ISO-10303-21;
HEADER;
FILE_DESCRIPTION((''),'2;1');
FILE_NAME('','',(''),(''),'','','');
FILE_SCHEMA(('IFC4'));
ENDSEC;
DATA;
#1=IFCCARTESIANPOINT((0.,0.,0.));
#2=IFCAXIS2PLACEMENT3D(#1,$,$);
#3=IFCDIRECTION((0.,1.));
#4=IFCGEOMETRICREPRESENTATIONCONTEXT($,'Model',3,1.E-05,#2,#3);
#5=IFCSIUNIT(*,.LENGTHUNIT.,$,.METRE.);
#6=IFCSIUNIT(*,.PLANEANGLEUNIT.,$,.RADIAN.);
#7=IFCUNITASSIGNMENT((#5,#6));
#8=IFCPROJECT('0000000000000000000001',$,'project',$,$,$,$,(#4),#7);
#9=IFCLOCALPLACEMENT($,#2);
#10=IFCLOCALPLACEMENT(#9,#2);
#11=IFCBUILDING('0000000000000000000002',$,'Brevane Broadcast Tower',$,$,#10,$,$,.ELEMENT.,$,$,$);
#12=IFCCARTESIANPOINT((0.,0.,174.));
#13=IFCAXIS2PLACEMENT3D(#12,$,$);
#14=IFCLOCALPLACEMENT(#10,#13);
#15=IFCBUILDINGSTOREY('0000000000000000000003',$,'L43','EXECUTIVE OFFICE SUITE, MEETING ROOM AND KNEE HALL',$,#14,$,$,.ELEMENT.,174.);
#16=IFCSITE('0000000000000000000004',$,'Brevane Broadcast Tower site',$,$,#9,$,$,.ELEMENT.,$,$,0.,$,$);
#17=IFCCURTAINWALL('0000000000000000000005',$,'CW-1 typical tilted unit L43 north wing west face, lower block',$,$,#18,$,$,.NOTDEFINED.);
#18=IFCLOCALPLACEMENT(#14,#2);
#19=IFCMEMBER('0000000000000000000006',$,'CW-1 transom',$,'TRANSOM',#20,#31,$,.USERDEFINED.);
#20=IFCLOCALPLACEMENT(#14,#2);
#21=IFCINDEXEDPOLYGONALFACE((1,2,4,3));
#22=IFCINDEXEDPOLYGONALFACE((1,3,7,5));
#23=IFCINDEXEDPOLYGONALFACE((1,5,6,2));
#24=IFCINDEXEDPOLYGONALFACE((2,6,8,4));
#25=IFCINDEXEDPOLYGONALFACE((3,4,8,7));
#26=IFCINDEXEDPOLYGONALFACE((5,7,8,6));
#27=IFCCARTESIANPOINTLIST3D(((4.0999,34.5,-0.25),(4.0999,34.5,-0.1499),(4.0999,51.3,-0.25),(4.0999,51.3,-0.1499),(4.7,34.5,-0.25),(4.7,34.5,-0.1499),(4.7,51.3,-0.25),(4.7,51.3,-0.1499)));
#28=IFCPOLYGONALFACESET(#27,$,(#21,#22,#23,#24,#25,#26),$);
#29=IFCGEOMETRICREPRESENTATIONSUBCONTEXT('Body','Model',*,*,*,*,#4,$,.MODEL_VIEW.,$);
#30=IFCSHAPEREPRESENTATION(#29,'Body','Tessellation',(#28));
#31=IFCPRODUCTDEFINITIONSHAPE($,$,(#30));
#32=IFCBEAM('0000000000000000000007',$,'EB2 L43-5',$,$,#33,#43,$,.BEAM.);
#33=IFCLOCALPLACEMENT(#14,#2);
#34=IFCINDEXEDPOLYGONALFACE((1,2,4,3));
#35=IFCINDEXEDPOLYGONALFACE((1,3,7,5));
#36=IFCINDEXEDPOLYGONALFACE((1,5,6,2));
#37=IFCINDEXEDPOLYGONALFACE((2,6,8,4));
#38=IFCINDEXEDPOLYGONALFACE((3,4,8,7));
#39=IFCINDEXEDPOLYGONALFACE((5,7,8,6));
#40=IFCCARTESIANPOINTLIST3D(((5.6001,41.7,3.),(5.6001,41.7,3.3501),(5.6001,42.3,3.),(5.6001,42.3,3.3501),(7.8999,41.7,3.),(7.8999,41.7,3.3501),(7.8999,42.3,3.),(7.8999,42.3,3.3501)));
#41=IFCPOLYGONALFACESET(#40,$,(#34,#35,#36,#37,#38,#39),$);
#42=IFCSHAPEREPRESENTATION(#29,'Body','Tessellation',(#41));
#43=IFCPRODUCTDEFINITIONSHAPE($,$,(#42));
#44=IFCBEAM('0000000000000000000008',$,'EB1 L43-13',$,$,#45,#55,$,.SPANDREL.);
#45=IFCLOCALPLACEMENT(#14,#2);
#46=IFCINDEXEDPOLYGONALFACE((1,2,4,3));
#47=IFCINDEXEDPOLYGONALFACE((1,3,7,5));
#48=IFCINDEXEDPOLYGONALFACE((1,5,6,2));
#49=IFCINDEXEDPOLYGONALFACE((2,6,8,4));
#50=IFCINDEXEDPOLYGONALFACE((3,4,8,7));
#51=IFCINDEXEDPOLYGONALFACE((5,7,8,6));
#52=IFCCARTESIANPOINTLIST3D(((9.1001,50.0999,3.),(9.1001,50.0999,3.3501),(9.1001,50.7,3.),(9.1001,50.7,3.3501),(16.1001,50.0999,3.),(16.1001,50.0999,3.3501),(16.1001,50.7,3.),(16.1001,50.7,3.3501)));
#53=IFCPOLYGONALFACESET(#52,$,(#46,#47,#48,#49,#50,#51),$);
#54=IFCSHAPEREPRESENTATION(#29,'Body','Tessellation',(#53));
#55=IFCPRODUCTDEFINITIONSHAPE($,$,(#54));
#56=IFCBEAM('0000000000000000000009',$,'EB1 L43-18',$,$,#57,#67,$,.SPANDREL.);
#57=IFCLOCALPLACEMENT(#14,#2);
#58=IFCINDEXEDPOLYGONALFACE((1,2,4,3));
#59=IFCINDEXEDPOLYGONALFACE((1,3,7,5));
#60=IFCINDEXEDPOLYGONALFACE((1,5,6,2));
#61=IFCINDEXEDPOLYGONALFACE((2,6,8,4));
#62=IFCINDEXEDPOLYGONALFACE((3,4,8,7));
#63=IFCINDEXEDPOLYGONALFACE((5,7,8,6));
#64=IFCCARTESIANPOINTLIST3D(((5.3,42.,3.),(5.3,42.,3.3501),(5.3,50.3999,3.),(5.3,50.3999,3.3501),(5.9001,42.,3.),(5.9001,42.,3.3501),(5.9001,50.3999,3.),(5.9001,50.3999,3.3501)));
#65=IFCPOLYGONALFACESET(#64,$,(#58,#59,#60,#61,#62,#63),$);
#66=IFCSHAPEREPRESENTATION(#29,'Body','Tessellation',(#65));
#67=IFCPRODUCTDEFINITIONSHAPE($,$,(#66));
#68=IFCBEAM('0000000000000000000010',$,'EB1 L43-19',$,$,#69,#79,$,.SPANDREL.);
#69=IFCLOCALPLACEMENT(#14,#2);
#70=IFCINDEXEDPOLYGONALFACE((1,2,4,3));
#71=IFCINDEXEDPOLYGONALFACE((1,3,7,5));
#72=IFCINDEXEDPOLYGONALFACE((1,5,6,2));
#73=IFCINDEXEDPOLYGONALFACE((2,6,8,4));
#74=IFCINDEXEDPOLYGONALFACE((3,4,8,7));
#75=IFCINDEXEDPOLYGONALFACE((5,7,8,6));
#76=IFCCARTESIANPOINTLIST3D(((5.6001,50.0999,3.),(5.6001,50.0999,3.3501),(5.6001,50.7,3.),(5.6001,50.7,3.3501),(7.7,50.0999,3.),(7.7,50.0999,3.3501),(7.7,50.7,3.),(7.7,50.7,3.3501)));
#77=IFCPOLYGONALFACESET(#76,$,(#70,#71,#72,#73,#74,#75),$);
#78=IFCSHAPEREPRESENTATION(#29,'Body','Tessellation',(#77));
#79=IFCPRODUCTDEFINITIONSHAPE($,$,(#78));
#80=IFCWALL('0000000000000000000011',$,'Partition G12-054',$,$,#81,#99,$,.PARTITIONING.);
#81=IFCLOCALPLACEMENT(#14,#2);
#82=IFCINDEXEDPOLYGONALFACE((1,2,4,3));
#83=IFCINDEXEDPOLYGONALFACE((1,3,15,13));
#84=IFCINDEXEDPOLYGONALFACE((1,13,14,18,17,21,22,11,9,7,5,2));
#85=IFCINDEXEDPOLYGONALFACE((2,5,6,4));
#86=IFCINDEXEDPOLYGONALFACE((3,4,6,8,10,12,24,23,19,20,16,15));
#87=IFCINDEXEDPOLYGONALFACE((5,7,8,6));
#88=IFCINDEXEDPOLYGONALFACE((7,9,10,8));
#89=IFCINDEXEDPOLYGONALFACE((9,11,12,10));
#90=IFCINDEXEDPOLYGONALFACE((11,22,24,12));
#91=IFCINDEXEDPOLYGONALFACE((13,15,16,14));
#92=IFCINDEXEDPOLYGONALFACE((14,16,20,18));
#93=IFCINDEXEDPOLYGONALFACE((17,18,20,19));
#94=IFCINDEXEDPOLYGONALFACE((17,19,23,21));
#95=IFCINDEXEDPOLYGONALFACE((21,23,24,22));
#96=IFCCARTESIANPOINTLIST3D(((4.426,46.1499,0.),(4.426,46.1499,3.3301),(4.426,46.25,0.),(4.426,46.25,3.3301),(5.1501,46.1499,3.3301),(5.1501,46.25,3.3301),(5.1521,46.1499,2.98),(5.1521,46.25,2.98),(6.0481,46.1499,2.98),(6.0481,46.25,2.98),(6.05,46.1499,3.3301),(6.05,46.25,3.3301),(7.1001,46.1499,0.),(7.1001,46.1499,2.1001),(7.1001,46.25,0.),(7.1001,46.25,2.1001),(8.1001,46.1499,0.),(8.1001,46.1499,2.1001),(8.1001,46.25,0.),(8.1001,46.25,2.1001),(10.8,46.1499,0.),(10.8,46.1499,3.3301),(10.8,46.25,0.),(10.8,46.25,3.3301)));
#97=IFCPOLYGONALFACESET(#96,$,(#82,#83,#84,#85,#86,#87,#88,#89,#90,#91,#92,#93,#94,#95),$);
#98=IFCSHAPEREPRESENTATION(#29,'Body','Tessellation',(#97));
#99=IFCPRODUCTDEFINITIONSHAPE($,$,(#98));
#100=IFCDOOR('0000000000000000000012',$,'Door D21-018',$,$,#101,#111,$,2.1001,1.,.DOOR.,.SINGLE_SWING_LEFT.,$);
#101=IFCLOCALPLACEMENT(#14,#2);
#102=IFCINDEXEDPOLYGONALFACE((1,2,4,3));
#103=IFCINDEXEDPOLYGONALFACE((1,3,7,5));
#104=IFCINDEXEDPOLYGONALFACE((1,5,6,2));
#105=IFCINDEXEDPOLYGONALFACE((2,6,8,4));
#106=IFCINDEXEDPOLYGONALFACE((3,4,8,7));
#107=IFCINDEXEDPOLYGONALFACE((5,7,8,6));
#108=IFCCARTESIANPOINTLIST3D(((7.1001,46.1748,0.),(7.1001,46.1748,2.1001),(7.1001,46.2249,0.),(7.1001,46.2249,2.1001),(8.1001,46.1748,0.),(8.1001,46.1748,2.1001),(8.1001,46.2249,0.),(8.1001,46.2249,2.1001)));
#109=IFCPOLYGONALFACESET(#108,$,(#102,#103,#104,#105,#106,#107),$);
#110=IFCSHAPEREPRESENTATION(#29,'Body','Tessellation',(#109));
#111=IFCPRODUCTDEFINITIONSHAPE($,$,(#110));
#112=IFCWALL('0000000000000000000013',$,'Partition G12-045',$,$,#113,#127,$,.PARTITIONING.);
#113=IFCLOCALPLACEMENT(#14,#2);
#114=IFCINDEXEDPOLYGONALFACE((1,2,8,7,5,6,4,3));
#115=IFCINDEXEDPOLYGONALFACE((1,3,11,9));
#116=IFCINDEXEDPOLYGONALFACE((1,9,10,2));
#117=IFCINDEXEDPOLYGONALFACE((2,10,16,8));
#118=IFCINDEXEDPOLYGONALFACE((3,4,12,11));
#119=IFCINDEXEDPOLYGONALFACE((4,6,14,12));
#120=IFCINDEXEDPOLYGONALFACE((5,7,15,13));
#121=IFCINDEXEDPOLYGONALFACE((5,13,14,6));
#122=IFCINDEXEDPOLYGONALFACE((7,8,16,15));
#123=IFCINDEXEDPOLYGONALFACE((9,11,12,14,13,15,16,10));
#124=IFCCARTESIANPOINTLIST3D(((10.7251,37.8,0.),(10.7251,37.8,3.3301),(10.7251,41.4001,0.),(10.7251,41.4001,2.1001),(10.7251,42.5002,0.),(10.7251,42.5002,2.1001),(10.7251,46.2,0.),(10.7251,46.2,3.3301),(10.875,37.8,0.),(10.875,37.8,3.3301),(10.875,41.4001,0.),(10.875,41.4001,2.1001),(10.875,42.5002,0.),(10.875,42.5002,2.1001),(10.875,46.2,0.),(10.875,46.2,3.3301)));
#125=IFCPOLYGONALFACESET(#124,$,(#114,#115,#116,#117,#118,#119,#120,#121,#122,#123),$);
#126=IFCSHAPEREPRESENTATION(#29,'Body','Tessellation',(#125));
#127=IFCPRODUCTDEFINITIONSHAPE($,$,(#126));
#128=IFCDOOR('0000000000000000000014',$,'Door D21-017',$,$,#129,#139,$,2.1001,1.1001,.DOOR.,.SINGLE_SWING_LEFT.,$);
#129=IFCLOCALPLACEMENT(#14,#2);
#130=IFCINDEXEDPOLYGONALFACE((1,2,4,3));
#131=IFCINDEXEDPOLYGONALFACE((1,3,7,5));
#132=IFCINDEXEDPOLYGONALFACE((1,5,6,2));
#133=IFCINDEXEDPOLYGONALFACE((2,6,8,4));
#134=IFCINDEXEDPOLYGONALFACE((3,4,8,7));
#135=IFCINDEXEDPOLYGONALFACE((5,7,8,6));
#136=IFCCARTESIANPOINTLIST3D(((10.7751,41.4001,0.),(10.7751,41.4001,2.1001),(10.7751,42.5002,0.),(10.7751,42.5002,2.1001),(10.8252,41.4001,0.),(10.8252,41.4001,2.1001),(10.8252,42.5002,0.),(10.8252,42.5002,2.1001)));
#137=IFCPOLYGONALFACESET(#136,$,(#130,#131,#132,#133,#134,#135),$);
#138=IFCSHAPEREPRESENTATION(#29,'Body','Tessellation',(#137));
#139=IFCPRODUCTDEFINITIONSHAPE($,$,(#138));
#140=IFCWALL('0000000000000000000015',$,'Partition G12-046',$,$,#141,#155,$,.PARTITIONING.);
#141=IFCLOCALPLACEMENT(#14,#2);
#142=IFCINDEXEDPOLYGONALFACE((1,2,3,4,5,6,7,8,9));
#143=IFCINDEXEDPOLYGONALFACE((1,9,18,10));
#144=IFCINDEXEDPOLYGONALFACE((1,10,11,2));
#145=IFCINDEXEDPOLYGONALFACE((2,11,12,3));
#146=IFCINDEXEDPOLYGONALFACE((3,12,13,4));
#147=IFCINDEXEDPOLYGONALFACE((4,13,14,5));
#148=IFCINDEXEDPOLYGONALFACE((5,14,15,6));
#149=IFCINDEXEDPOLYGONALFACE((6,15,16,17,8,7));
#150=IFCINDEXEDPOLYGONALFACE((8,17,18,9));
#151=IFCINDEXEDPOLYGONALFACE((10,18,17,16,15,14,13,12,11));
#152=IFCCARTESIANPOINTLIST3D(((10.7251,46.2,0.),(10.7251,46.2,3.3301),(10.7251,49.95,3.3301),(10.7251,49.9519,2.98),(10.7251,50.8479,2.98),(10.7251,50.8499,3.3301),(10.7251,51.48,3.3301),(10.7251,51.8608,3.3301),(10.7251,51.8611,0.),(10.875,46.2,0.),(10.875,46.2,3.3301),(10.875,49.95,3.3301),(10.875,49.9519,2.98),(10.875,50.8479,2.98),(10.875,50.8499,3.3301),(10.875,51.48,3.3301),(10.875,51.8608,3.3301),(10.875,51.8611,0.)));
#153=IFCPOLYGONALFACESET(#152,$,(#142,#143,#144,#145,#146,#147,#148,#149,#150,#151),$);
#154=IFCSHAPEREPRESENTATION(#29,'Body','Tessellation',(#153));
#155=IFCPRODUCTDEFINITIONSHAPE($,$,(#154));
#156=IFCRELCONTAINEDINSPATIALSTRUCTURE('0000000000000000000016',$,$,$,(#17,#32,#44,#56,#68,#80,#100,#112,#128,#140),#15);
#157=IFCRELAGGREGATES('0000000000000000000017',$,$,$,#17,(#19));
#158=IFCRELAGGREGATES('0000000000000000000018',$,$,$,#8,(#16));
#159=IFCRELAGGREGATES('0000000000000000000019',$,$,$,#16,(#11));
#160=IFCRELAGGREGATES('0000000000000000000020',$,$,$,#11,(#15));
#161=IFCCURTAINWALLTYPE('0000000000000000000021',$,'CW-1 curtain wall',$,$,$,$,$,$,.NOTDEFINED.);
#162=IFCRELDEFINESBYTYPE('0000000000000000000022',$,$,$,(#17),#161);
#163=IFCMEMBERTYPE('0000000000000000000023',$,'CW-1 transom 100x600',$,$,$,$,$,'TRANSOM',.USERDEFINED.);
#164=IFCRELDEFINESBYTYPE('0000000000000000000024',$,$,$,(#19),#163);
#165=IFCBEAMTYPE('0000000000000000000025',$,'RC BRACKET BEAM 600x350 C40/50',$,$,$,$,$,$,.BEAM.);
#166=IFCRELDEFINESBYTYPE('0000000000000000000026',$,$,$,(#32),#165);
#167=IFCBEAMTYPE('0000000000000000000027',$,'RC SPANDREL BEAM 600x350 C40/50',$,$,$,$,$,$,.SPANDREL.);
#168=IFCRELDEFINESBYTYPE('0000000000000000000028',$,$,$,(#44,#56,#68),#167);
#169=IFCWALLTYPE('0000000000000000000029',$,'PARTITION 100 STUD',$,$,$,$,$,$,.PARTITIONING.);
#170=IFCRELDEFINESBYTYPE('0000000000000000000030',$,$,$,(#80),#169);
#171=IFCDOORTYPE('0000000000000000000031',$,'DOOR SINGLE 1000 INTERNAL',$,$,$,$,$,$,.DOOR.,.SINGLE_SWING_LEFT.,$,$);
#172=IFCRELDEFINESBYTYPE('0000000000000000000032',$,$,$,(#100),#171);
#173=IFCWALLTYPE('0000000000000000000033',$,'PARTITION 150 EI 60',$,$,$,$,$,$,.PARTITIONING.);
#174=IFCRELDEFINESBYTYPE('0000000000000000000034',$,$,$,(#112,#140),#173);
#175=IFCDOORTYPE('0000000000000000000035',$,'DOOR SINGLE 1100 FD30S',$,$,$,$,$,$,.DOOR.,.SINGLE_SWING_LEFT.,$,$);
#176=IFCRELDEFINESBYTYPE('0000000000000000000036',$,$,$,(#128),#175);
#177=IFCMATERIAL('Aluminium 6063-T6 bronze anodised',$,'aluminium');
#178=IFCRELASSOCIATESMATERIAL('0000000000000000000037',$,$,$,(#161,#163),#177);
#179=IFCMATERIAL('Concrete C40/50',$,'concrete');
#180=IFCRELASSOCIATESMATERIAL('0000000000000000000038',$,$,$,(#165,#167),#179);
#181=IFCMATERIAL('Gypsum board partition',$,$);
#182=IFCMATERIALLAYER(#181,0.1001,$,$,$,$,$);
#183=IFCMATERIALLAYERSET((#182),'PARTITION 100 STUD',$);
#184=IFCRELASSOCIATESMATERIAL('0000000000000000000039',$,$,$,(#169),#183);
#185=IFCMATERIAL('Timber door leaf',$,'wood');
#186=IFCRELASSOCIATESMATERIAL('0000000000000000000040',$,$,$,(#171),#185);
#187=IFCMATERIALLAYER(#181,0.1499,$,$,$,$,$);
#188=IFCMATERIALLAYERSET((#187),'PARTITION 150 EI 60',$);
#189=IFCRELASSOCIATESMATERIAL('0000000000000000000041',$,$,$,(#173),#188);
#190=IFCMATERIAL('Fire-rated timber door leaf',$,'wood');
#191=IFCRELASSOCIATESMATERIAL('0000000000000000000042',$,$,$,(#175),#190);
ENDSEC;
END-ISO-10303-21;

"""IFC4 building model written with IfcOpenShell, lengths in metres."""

from ifc_helpers import new_model, si_unit, direction, frame, frame_2d, origin, origin_2d, place, context, subcontext, project, spatial, polyline, rectangle, outline, extrude, material, layer, layer_set, material_profile, profile_set, type_object, element, fill, aggregate, save


model = new_model("IFC4")

# Units and contexts
model_context = context("Model", 3, precision=1e-05, world=origin(), true_north=direction((0.0, 1.0)))
body_context = subcontext(model_context, "Body", "Model", "MODEL_VIEW")
ifc_project = project(units=[si_unit("LENGTHUNIT", "METRE"), si_unit("PLANEANGLEUNIT", "RADIAN")], contexts=[model_context])

# Site, building, storey
site_placement = place(None, origin())
site = spatial("IfcSite", under=ifc_project, at=site_placement, Name="Brevane Broadcast Tower site", CompositionType="ELEMENT", RefElevation=0.0)
building_placement = place(site_placement, origin())
building = spatial("IfcBuilding", under=site, at=building_placement, Name="Brevane Broadcast Tower", CompositionType="ELEMENT")
storey_placement = place(building_placement, frame((0.0, 0.0, 174.0)))
storey = spatial("IfcBuildingStorey", under=building, at=storey_placement, Name="L43", Description="EXECUTIVE OFFICE SUITE, MEETING ROOM AND KNEE HALL", CompositionType="ELEMENT", Elevation=174.0)

# Curtain wall
ifc_material_1 = material(Name="Aluminium 6063-T6 bronze anodised", Category="aluminium")
curtain_wall_type = type_object("IfcCurtainWallType", Name="CW-1 curtain wall", PredefinedType="NOTDEFINED", material=ifc_material_1)
curtain_wall_1_placement = place(storey_placement, origin())
curtain_wall_1 = element("IfcCurtainWall", 1, at=curtain_wall_1_placement, inside=storey, type_object=curtain_wall_type, Name="CW-1 typical tilted unit L43 north wing west face, lower block", PredefinedType="NOTDEFINED")

# Member
ifc_material_profile_1 = material_profile(ifc_material_1, rectangle(XDim=0.6001, YDim=0.1001, at=origin_2d()), Name="RECT 100x600")
ifc_profile_set_1 = profile_set([ifc_material_profile_1], Name="Aluminium 6063-T6 bronze anodised")
member_type_1 = type_object("IfcMemberType", Name="CW-1 transom 100x600", ElementType="TRANSOM", PredefinedType="USERDEFINED", material=ifc_profile_set_1)
member_1_placement = place(storey_placement, frame((4.3999, 51.3, -0.2), z_axis=(0.0, -1.0, 0.0), x_axis=(1.0, 0.0, 0.0)))
member_1 = element("IfcMember", 2, at=member_1_placement, type_object=member_type_1, Name="CW-1 transom", ObjectType="TRANSOM", PredefinedType="USERDEFINED", context=body_context, shape_type="SweptSolid", body=[
    extrude(rectangle(XDim=0.6001, YDim=0.1001, at=origin_2d()), origin(), (0.0, 0.0, 1.0), 16.8),
])
aggregate(curtain_wall_1, [member_1])

# Beams
ifc_material_2 = material(Name="Concrete C40/50", Category="concrete")
ifc_material_profile_2 = material_profile(ifc_material_2, rectangle(XDim=0.6001, YDim=0.3501, at=origin_2d()), Name="RC 600x350")
ifc_profile_set_2 = profile_set([ifc_material_profile_2], Name="Concrete C40/50")
beam_type_1 = type_object("IfcBeamType", Name="RC BRACKET BEAM 600x350 C40/50", PredefinedType="BEAM", material=ifc_profile_set_2)
beam_1_placement = place(storey_placement, frame((7.8999, 42.0, 3.175), z_axis=(-1.0, 0.0, 0.0), x_axis=(0.0, -1.0, 0.0)))
element("IfcBeam", 3, at=beam_1_placement, inside=storey, type_object=beam_type_1, Name="EB2 L43-5", PredefinedType="BEAM", context=body_context, shape_type="SweptSolid", body=[
    extrude(rectangle(XDim=0.6001, YDim=0.3501, at=origin_2d()), origin(), (0.0, 0.0, 1.0), 2.2998),
])
ifc_material_profile_3 = material_profile(ifc_material_2, rectangle(XDim=0.6001, YDim=0.3501, at=origin_2d()), Name="RC 600x350")
ifc_profile_set_3 = profile_set([ifc_material_profile_3], Name="Concrete C40/50")
beam_type_2 = type_object("IfcBeamType", Name="RC SPANDREL BEAM 600x350 C40/50", PredefinedType="SPANDREL", material=ifc_profile_set_3)
beam_2_placement = place(storey_placement, frame((16.1001, 50.3999, 3.175), z_axis=(-1.0, 0.0, 0.0), x_axis=(0.0, -1.0, 0.0)))
element("IfcBeam", 4, at=beam_2_placement, inside=storey, type_object=beam_type_2, Name="EB1 L43-13", PredefinedType="SPANDREL", context=body_context, shape_type="SweptSolid", body=[
    extrude(rectangle(XDim=0.6001, YDim=0.3501, at=origin_2d()), origin(), (0.0, 0.0, 1.0), 7.0),
])
beam_3_placement = place(storey_placement, frame((5.6001, 42.0, 3.175), z_axis=(0.0, 1.0, 0.0), x_axis=(-1.0, 0.0, 0.0)))
element("IfcBeam", 5, at=beam_3_placement, inside=storey, type_object=beam_type_2, Name="EB1 L43-18", PredefinedType="SPANDREL", context=body_context, shape_type="SweptSolid", body=[
    extrude(rectangle(XDim=0.6001, YDim=0.3501, at=origin_2d()), origin(), (0.0, 0.0, 1.0), 8.3999),
])
beam_4_placement = place(storey_placement, frame((5.6001, 50.3999, 3.175), z_axis=(1.0, 0.0, 0.0), x_axis=(0.0, 1.0, 0.0)))
element("IfcBeam", 6, at=beam_4_placement, inside=storey, type_object=beam_type_2, Name="EB1 L43-19", PredefinedType="SPANDREL", context=body_context, shape_type="SweptSolid", body=[
    extrude(rectangle(XDim=0.6001, YDim=0.3501, at=origin_2d()), origin(), (0.0, 0.0, 1.0), 2.0999),
])

# Walls, openings, doors
ifc_material_3 = material(Name="Gypsum board partition")
ifc_layer_1 = layer(ifc_material_3, 0.1001)
ifc_layer_set_1 = layer_set([ifc_layer_1], Name="PARTITION 100 STUD")
wall_type_1 = type_object("IfcWallType", Name="PARTITION 100 STUD", PredefinedType="PARTITIONING", material=ifc_layer_set_1)
wall_1_placement = place(storey_placement, frame((4.426, 46.2, 0.0), z_axis=(0.0, 0.0, 1.0), x_axis=(1.0, 0.0, 0.0)))
wall_1 = element("IfcWall", 7, at=wall_1_placement, inside=storey, type_object=wall_type_1, Name="Partition G12-054", PredefinedType="PARTITIONING", context=body_context, shape_type="SweptSolid", body=[
    extrude(outline(polyline([(0.0, 0.0), (6.374, 0.0), (6.374, 3.3301), (1.624, 3.3301), (1.6221, 2.98), (0.7261, 2.98), (0.7241, 3.3301), (0.074, 3.3301), (0.0, 3.3301), (0.0, 0.0)])), frame((0.0, 0.05, 0.0), z_axis=(0.0, -1.0, 0.0), x_axis=(1.0, 0.0, 0.0)), (0.0, 0.0, 1.0), 0.1001),
])
opening_1_placement = place(wall_1_placement, frame((2.6741, 0.0, 0.0)))
opening_1 = element("IfcOpeningElement", 8, at=opening_1_placement, cuts=wall_1, PredefinedType="OPENING", context=body_context, shape_type="SweptSolid", body=[
    extrude(rectangle(XDim=1.0, YDim=2.1001, at=frame_2d((0.5, 1.05))), frame((0.0, 0.0601, 0.0), z_axis=(0.0, -1.0, 0.0), x_axis=(1.0, 0.0, 0.0)), (0.0, 0.0, 1.0), 0.1201),
])
ifc_material_4 = material(Name="Timber door leaf", Category="wood")
door_type_1 = type_object("IfcDoorType", Name="DOOR SINGLE 1000 INTERNAL", OperationType="SINGLE_SWING_LEFT", PredefinedType="DOOR", material=ifc_material_4)
door_1_placement = place(opening_1_placement, origin())
door_1 = element("IfcDoor", 9, at=door_1_placement, inside=storey, type_object=door_type_1, Name="Door D21-018", OperationType="SINGLE_SWING_LEFT", OverallHeight=2.1001, OverallWidth=1.0, PredefinedType="DOOR", context=body_context, shape_type="SweptSolid", body=[
    extrude(rectangle(XDim=1.0, YDim=2.1001, at=frame_2d((0.5, 1.05))), frame((0.0, 0.0249, 0.0), z_axis=(0.0, -1.0, 0.0), x_axis=(1.0, 0.0, 0.0)), (0.0, 0.0, 1.0), 0.05),
])
fill(opening_1, door_1)
ifc_layer_2 = layer(ifc_material_3, 0.1499)
ifc_layer_set_2 = layer_set([ifc_layer_2], Name="PARTITION 150 EI 60")
wall_type_2 = type_object("IfcWallType", Name="PARTITION 150 EI 60", PredefinedType="PARTITIONING", material=ifc_layer_set_2)
wall_2_placement = place(storey_placement, frame((10.8, 37.8, 0.0), z_axis=(0.0, 0.0, 1.0), x_axis=(0.0, 1.0, 0.0)))
wall_2 = element("IfcWall", 10, at=wall_2_placement, inside=storey, type_object=wall_type_2, Name="Partition G12-045", PredefinedType="PARTITIONING", context=body_context, shape_type="SweptSolid", body=[
    extrude(rectangle(XDim=8.3999, YDim=0.1499, at=frame_2d((4.2, 0.0))), origin(), (0.0, 0.0, 1.0), 3.3301),
])
opening_2_placement = place(wall_2_placement, frame((3.6001, 0.0, 0.0)))
opening_2 = element("IfcOpeningElement", 11, at=opening_2_placement, cuts=wall_2, PredefinedType="OPENING", context=body_context, shape_type="SweptSolid", body=[
    extrude(rectangle(XDim=1.1001, YDim=2.1001, at=frame_2d((0.55, 1.05))), frame((0.0, 0.085, 0.0), z_axis=(0.0, -1.0, 0.0), x_axis=(1.0, 0.0, 0.0)), (0.0, 0.0, 1.0), 0.1699),
])
ifc_material_5 = material(Name="Fire-rated timber door leaf", Category="wood")
door_type_2 = type_object("IfcDoorType", Name="DOOR SINGLE 1100 FD30S", OperationType="SINGLE_SWING_LEFT", PredefinedType="DOOR", material=ifc_material_5)
door_2_placement = place(opening_2_placement, origin())
door_2 = element("IfcDoor", 12, at=door_2_placement, inside=storey, type_object=door_type_2, Name="Door D21-017", OperationType="SINGLE_SWING_LEFT", OverallHeight=2.1001, OverallWidth=1.1001, PredefinedType="DOOR", context=body_context, shape_type="SweptSolid", body=[
    extrude(rectangle(XDim=1.1001, YDim=2.1001, at=frame_2d((0.55, 1.05))), frame((0.0, 0.0249, 0.0), z_axis=(0.0, -1.0, 0.0), x_axis=(1.0, 0.0, 0.0)), (0.0, 0.0, 1.0), 0.05),
])
fill(opening_2, door_2)

# Wall
wall_3_placement = place(storey_placement, frame((10.8, 46.2, 0.0), z_axis=(0.0, 0.0, 1.0), x_axis=(0.0, 1.0, 0.0)))
element("IfcWall", 13, at=wall_3_placement, inside=storey, type_object=wall_type_2, Name="Partition G12-046", PredefinedType="PARTITIONING", context=body_context, shape_type="SweptSolid", body=[
    extrude(outline(polyline([(0.0, 0.0), (5.6611, 0.0), (5.6609, 3.3301), (5.28, 3.3301), (4.6499, 3.3301), (4.6479, 2.98), (3.752, 2.98), (3.75, 3.3301), (0.0, 3.3301), (0.0, 0.0)])), frame((0.0, 0.075, 0.0), z_axis=(0.0, -1.0, 0.0), x_axis=(1.0, 0.0, 0.0)), (0.0, 0.0, 1.0), 0.1499),
])

save(model, "model.ifc")
